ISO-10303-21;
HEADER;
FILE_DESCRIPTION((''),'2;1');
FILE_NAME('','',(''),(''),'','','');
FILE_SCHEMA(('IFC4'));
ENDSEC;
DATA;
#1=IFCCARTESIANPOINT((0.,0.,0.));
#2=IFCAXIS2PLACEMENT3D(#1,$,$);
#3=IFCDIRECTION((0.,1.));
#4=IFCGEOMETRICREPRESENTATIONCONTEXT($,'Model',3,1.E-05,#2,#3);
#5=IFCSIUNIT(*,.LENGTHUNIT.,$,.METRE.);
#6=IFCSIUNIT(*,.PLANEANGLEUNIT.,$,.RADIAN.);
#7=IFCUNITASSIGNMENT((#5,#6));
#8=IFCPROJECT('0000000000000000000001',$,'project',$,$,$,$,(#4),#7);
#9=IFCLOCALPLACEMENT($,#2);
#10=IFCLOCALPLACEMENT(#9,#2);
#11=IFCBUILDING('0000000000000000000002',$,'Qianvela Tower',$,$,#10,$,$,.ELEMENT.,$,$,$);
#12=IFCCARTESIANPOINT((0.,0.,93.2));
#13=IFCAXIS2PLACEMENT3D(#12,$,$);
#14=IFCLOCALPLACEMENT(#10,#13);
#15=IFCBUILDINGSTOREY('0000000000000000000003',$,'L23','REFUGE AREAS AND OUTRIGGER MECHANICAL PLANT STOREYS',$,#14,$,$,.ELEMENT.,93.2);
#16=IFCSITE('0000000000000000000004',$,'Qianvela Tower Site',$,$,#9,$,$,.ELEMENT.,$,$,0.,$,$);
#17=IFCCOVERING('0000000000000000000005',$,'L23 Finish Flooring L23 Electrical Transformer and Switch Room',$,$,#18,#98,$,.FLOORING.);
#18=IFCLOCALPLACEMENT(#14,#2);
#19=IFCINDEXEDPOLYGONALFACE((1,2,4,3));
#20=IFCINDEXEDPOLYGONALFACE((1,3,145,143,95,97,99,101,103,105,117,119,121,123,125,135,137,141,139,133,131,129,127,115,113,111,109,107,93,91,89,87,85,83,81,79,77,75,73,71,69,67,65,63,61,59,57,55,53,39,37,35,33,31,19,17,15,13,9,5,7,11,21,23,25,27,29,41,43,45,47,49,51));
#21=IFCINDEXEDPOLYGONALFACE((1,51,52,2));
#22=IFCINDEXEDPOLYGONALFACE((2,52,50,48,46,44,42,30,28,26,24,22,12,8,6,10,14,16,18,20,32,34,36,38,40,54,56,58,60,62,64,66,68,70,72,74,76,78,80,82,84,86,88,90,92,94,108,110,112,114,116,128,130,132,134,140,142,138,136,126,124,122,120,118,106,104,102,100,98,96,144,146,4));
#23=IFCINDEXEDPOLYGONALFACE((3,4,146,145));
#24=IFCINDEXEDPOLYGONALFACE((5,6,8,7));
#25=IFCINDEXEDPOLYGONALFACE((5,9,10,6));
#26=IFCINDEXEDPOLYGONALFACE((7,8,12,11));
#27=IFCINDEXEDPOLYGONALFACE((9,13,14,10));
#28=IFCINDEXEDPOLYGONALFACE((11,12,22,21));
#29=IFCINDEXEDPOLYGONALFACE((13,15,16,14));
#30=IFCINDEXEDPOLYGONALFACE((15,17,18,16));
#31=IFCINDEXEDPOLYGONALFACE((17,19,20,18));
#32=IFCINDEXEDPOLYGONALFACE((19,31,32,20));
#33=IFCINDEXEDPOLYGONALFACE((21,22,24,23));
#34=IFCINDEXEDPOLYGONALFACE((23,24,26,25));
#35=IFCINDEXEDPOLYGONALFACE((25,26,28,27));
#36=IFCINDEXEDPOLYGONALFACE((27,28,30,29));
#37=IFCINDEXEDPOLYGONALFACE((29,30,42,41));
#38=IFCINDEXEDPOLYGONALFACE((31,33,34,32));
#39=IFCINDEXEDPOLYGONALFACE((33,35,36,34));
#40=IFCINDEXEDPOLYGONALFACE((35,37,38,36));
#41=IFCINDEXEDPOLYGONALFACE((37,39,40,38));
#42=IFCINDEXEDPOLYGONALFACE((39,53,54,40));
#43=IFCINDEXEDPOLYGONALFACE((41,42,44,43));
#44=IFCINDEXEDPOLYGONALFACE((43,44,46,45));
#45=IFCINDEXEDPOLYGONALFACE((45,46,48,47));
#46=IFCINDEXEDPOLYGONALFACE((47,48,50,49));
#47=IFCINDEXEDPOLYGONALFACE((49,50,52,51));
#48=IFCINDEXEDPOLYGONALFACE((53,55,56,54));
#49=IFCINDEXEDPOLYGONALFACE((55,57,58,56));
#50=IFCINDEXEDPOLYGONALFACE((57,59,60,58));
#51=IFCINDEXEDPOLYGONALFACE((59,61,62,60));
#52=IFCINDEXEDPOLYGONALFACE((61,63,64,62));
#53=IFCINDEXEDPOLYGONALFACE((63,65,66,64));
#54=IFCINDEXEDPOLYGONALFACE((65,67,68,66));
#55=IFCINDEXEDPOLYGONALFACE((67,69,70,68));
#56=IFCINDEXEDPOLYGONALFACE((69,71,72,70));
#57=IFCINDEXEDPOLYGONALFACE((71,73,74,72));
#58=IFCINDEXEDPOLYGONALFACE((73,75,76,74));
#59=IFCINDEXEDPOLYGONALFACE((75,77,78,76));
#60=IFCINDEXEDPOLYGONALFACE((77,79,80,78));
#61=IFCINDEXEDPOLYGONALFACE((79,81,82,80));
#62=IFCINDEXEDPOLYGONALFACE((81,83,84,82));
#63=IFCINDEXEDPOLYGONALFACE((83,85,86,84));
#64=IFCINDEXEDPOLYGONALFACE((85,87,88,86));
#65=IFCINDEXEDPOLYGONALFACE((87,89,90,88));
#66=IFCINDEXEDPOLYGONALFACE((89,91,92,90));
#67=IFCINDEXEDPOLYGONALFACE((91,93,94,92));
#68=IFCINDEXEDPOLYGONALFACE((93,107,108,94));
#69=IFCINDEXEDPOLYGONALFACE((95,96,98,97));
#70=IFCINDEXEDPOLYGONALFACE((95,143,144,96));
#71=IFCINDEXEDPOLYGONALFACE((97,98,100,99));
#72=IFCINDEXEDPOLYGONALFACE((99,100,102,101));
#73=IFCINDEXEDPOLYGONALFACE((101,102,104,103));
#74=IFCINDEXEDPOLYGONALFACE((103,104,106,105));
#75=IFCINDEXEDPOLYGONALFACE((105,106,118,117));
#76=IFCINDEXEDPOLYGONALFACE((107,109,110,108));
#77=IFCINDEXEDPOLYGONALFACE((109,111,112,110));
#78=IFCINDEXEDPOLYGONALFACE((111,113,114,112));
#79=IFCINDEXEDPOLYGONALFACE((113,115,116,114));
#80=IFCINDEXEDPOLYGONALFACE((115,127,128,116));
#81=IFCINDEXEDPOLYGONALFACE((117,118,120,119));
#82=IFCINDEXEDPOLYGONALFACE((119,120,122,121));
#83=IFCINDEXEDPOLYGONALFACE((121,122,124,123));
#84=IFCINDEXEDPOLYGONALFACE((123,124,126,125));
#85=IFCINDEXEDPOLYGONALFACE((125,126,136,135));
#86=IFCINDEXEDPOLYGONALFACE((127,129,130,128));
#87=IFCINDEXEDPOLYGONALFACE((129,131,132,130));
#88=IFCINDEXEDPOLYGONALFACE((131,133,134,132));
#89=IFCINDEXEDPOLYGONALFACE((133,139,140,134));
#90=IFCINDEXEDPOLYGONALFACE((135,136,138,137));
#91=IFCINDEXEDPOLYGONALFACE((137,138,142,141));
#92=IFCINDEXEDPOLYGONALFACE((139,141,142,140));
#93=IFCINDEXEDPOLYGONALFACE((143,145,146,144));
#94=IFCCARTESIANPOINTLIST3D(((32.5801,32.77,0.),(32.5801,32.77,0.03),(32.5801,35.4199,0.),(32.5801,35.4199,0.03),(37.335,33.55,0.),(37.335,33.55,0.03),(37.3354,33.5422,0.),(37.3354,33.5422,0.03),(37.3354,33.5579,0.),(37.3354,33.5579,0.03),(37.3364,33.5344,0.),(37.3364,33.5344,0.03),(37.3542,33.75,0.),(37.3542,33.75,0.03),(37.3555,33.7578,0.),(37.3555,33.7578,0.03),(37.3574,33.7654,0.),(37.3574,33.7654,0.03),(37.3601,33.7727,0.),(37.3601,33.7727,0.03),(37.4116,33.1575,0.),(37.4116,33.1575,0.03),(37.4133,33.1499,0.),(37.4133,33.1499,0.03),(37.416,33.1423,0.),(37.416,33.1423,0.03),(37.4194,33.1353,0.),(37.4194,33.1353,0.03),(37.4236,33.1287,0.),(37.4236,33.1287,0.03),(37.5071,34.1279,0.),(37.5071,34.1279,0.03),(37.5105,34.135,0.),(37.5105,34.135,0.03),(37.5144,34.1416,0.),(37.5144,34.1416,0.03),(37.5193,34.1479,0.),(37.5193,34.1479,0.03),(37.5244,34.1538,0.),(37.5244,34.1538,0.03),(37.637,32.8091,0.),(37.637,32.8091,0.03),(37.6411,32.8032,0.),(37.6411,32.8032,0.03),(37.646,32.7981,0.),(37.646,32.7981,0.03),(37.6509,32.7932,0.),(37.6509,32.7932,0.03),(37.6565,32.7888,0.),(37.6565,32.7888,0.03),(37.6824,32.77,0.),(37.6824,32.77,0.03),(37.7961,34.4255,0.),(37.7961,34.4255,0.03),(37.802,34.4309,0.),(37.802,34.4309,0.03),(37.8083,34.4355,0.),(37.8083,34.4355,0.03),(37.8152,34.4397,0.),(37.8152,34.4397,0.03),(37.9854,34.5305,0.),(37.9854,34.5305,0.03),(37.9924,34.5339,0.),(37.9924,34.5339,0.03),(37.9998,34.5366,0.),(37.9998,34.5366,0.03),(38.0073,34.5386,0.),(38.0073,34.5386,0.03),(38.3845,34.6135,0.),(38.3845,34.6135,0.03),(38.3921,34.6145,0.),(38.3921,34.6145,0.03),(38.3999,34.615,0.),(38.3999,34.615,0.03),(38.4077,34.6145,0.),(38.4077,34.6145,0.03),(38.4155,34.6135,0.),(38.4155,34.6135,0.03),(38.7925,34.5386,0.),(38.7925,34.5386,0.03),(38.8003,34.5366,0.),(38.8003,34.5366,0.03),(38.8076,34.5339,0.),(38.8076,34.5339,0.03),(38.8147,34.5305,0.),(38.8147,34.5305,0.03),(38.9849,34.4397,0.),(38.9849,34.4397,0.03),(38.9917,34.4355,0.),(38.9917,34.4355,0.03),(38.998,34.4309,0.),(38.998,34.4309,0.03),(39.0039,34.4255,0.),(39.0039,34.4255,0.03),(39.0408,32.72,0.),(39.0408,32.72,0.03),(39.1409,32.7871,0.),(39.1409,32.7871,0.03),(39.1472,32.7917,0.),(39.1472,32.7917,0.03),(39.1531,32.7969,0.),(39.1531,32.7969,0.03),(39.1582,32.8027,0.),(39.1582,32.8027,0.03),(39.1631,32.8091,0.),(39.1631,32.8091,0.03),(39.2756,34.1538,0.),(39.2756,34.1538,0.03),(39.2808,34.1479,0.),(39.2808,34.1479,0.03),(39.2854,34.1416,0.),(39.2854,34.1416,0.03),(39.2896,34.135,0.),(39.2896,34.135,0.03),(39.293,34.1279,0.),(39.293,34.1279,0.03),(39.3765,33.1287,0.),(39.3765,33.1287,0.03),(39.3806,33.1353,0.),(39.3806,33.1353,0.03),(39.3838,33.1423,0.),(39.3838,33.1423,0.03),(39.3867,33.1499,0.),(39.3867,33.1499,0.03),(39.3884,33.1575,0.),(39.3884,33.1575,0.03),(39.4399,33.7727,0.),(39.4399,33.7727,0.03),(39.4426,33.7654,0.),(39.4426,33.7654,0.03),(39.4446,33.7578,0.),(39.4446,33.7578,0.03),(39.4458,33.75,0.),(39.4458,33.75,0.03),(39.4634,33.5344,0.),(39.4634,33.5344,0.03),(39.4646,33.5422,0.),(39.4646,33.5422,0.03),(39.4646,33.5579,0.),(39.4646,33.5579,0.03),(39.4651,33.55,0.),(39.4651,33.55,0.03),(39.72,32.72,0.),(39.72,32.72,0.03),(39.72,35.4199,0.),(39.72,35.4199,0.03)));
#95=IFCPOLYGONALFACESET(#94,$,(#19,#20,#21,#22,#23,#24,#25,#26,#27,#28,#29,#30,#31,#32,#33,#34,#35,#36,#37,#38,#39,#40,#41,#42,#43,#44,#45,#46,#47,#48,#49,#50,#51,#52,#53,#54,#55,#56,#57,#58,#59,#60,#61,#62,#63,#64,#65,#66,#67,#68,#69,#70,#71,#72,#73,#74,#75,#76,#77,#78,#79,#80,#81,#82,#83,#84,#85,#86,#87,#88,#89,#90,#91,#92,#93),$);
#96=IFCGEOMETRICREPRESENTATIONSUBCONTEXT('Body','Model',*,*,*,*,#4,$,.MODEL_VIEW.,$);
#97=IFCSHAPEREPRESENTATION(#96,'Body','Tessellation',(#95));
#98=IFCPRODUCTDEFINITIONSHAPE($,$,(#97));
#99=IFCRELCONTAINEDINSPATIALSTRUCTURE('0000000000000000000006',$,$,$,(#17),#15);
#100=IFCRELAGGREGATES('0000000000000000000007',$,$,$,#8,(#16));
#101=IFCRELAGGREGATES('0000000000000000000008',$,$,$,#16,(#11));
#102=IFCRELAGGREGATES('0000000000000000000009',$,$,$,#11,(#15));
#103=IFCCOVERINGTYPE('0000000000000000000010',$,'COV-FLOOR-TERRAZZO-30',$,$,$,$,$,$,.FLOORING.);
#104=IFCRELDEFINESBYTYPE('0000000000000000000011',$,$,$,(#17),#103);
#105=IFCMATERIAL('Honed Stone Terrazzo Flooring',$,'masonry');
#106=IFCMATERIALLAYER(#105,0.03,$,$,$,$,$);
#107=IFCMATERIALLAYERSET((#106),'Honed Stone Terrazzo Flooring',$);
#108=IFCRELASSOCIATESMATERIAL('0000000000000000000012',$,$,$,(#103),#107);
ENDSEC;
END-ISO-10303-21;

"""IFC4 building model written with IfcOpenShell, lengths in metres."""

from ifc_helpers import new_model, si_unit, direction, frame, origin, place, context, subcontext, project, spatial, polyline, outline, extrude, material, layer, layer_set, type_object, element, save


model = new_model("IFC4")

# Units and contexts
model_context = context("Model", 3, precision=1e-05, world=origin(), true_north=direction((0.0, 1.0)))
body_context = subcontext(model_context, "Body", "Model", "MODEL_VIEW")
ifc_project = project(units=[si_unit("LENGTHUNIT", "METRE"), si_unit("PLANEANGLEUNIT", "RADIAN")], contexts=[model_context])

# Site, building, storey
site_placement = place(None, origin())
site = spatial("IfcSite", under=ifc_project, at=site_placement, Name="Qianvela Tower Site", CompositionType="ELEMENT", RefElevation=0.0)
building_placement = place(site_placement, origin())
building = spatial("IfcBuilding", under=site, at=building_placement, Name="Qianvela Tower", CompositionType="ELEMENT")
storey_placement = place(building_placement, frame((0.0, 0.0, 93.2)))
storey = spatial("IfcBuildingStorey", under=building, at=storey_placement, Name="L23", Description="REFUGE AREAS AND OUTRIGGER MECHANICAL PLANT STOREYS", CompositionType="ELEMENT", Elevation=93.2)

# Covering
ifc_material_1 = material(Name="Honed Stone Terrazzo Flooring", Category="masonry")
ifc_layer_1 = layer(ifc_material_1, 0.03)
ifc_layer_set_1 = layer_set([ifc_layer_1], Name="Honed Stone Terrazzo Flooring")
covering_type_1 = type_object("IfcCoveringType", Name="COV-FLOOR-TERRAZZO-30", PredefinedType="FLOORING", material=ifc_layer_set_1)
covering_1_placement = place(storey_placement, origin())
element("IfcCovering", 1, at=covering_1_placement, inside=storey, type_object=covering_type_1, Name="L23 Finish Flooring L23 Electrical Transformer and Switch Room", PredefinedType="FLOORING", context=body_context, shape_type="SweptSolid", body=[
    extrude(outline(polyline([(32.5801, 32.77), (32.5801, 35.4199), (39.72, 35.4199), (39.72, 32.72), (39.0408, 32.72), (39.1409, 32.7871), (39.1472, 32.7917), (39.1531, 32.7969), (39.1582, 32.8027), (39.1631, 32.8091), (39.3765, 33.1287), (39.3806, 33.1353), (39.3838, 33.1423), (39.3867, 33.1499), (39.3884, 33.1575), (39.4634, 33.5344), (39.4646, 33.5422), (39.4651, 33.55), (39.4646, 33.5579), (39.4458, 33.75), (39.4446, 33.7578), (39.4426, 33.7654), (39.4399, 33.7727), (39.293, 34.1279), (39.2896, 34.135), (39.2854, 34.1416), (39.2808, 34.1479), (39.2756, 34.1538), (39.0039, 34.4255), (38.998, 34.4309), (38.9917, 34.4355), (38.9849, 34.4397), (38.8147, 34.5305), (38.8076, 34.5339), (38.8003, 34.5366), (38.7925, 34.5386), (38.4155, 34.6135), (38.4077, 34.6145), (38.3999, 34.615), (38.3921, 34.6145), (38.3845, 34.6135), (38.0073, 34.5386), (37.9998, 34.5366), (37.9924, 34.5339), (37.9854, 34.5305), (37.8152, 34.4397), (37.8083, 34.4355), (37.802, 34.4309), (37.7961, 34.4255), (37.5244, 34.1538), (37.5193, 34.1479), (37.5144, 34.1416), (37.5105, 34.135), (37.5071, 34.1279), (37.3601, 33.7727), (37.3574, 33.7654), (37.3555, 33.7578), (37.3542, 33.75), (37.3354, 33.5579), (37.335, 33.55), (37.3354, 33.5422), (37.3364, 33.5344), (37.4116, 33.1575), (37.4133, 33.1499), (37.416, 33.1423), (37.4194, 33.1353), (37.4236, 33.1287), (37.637, 32.8091), (37.6411, 32.8032), (37.646, 32.7981), (37.6509, 32.7932), (37.6565, 32.7888), (37.6824, 32.77), (32.5801, 32.77)])), origin(), (0.0, 0.0, 1.0), 0.03),
])

save(model, "model.ifc")
